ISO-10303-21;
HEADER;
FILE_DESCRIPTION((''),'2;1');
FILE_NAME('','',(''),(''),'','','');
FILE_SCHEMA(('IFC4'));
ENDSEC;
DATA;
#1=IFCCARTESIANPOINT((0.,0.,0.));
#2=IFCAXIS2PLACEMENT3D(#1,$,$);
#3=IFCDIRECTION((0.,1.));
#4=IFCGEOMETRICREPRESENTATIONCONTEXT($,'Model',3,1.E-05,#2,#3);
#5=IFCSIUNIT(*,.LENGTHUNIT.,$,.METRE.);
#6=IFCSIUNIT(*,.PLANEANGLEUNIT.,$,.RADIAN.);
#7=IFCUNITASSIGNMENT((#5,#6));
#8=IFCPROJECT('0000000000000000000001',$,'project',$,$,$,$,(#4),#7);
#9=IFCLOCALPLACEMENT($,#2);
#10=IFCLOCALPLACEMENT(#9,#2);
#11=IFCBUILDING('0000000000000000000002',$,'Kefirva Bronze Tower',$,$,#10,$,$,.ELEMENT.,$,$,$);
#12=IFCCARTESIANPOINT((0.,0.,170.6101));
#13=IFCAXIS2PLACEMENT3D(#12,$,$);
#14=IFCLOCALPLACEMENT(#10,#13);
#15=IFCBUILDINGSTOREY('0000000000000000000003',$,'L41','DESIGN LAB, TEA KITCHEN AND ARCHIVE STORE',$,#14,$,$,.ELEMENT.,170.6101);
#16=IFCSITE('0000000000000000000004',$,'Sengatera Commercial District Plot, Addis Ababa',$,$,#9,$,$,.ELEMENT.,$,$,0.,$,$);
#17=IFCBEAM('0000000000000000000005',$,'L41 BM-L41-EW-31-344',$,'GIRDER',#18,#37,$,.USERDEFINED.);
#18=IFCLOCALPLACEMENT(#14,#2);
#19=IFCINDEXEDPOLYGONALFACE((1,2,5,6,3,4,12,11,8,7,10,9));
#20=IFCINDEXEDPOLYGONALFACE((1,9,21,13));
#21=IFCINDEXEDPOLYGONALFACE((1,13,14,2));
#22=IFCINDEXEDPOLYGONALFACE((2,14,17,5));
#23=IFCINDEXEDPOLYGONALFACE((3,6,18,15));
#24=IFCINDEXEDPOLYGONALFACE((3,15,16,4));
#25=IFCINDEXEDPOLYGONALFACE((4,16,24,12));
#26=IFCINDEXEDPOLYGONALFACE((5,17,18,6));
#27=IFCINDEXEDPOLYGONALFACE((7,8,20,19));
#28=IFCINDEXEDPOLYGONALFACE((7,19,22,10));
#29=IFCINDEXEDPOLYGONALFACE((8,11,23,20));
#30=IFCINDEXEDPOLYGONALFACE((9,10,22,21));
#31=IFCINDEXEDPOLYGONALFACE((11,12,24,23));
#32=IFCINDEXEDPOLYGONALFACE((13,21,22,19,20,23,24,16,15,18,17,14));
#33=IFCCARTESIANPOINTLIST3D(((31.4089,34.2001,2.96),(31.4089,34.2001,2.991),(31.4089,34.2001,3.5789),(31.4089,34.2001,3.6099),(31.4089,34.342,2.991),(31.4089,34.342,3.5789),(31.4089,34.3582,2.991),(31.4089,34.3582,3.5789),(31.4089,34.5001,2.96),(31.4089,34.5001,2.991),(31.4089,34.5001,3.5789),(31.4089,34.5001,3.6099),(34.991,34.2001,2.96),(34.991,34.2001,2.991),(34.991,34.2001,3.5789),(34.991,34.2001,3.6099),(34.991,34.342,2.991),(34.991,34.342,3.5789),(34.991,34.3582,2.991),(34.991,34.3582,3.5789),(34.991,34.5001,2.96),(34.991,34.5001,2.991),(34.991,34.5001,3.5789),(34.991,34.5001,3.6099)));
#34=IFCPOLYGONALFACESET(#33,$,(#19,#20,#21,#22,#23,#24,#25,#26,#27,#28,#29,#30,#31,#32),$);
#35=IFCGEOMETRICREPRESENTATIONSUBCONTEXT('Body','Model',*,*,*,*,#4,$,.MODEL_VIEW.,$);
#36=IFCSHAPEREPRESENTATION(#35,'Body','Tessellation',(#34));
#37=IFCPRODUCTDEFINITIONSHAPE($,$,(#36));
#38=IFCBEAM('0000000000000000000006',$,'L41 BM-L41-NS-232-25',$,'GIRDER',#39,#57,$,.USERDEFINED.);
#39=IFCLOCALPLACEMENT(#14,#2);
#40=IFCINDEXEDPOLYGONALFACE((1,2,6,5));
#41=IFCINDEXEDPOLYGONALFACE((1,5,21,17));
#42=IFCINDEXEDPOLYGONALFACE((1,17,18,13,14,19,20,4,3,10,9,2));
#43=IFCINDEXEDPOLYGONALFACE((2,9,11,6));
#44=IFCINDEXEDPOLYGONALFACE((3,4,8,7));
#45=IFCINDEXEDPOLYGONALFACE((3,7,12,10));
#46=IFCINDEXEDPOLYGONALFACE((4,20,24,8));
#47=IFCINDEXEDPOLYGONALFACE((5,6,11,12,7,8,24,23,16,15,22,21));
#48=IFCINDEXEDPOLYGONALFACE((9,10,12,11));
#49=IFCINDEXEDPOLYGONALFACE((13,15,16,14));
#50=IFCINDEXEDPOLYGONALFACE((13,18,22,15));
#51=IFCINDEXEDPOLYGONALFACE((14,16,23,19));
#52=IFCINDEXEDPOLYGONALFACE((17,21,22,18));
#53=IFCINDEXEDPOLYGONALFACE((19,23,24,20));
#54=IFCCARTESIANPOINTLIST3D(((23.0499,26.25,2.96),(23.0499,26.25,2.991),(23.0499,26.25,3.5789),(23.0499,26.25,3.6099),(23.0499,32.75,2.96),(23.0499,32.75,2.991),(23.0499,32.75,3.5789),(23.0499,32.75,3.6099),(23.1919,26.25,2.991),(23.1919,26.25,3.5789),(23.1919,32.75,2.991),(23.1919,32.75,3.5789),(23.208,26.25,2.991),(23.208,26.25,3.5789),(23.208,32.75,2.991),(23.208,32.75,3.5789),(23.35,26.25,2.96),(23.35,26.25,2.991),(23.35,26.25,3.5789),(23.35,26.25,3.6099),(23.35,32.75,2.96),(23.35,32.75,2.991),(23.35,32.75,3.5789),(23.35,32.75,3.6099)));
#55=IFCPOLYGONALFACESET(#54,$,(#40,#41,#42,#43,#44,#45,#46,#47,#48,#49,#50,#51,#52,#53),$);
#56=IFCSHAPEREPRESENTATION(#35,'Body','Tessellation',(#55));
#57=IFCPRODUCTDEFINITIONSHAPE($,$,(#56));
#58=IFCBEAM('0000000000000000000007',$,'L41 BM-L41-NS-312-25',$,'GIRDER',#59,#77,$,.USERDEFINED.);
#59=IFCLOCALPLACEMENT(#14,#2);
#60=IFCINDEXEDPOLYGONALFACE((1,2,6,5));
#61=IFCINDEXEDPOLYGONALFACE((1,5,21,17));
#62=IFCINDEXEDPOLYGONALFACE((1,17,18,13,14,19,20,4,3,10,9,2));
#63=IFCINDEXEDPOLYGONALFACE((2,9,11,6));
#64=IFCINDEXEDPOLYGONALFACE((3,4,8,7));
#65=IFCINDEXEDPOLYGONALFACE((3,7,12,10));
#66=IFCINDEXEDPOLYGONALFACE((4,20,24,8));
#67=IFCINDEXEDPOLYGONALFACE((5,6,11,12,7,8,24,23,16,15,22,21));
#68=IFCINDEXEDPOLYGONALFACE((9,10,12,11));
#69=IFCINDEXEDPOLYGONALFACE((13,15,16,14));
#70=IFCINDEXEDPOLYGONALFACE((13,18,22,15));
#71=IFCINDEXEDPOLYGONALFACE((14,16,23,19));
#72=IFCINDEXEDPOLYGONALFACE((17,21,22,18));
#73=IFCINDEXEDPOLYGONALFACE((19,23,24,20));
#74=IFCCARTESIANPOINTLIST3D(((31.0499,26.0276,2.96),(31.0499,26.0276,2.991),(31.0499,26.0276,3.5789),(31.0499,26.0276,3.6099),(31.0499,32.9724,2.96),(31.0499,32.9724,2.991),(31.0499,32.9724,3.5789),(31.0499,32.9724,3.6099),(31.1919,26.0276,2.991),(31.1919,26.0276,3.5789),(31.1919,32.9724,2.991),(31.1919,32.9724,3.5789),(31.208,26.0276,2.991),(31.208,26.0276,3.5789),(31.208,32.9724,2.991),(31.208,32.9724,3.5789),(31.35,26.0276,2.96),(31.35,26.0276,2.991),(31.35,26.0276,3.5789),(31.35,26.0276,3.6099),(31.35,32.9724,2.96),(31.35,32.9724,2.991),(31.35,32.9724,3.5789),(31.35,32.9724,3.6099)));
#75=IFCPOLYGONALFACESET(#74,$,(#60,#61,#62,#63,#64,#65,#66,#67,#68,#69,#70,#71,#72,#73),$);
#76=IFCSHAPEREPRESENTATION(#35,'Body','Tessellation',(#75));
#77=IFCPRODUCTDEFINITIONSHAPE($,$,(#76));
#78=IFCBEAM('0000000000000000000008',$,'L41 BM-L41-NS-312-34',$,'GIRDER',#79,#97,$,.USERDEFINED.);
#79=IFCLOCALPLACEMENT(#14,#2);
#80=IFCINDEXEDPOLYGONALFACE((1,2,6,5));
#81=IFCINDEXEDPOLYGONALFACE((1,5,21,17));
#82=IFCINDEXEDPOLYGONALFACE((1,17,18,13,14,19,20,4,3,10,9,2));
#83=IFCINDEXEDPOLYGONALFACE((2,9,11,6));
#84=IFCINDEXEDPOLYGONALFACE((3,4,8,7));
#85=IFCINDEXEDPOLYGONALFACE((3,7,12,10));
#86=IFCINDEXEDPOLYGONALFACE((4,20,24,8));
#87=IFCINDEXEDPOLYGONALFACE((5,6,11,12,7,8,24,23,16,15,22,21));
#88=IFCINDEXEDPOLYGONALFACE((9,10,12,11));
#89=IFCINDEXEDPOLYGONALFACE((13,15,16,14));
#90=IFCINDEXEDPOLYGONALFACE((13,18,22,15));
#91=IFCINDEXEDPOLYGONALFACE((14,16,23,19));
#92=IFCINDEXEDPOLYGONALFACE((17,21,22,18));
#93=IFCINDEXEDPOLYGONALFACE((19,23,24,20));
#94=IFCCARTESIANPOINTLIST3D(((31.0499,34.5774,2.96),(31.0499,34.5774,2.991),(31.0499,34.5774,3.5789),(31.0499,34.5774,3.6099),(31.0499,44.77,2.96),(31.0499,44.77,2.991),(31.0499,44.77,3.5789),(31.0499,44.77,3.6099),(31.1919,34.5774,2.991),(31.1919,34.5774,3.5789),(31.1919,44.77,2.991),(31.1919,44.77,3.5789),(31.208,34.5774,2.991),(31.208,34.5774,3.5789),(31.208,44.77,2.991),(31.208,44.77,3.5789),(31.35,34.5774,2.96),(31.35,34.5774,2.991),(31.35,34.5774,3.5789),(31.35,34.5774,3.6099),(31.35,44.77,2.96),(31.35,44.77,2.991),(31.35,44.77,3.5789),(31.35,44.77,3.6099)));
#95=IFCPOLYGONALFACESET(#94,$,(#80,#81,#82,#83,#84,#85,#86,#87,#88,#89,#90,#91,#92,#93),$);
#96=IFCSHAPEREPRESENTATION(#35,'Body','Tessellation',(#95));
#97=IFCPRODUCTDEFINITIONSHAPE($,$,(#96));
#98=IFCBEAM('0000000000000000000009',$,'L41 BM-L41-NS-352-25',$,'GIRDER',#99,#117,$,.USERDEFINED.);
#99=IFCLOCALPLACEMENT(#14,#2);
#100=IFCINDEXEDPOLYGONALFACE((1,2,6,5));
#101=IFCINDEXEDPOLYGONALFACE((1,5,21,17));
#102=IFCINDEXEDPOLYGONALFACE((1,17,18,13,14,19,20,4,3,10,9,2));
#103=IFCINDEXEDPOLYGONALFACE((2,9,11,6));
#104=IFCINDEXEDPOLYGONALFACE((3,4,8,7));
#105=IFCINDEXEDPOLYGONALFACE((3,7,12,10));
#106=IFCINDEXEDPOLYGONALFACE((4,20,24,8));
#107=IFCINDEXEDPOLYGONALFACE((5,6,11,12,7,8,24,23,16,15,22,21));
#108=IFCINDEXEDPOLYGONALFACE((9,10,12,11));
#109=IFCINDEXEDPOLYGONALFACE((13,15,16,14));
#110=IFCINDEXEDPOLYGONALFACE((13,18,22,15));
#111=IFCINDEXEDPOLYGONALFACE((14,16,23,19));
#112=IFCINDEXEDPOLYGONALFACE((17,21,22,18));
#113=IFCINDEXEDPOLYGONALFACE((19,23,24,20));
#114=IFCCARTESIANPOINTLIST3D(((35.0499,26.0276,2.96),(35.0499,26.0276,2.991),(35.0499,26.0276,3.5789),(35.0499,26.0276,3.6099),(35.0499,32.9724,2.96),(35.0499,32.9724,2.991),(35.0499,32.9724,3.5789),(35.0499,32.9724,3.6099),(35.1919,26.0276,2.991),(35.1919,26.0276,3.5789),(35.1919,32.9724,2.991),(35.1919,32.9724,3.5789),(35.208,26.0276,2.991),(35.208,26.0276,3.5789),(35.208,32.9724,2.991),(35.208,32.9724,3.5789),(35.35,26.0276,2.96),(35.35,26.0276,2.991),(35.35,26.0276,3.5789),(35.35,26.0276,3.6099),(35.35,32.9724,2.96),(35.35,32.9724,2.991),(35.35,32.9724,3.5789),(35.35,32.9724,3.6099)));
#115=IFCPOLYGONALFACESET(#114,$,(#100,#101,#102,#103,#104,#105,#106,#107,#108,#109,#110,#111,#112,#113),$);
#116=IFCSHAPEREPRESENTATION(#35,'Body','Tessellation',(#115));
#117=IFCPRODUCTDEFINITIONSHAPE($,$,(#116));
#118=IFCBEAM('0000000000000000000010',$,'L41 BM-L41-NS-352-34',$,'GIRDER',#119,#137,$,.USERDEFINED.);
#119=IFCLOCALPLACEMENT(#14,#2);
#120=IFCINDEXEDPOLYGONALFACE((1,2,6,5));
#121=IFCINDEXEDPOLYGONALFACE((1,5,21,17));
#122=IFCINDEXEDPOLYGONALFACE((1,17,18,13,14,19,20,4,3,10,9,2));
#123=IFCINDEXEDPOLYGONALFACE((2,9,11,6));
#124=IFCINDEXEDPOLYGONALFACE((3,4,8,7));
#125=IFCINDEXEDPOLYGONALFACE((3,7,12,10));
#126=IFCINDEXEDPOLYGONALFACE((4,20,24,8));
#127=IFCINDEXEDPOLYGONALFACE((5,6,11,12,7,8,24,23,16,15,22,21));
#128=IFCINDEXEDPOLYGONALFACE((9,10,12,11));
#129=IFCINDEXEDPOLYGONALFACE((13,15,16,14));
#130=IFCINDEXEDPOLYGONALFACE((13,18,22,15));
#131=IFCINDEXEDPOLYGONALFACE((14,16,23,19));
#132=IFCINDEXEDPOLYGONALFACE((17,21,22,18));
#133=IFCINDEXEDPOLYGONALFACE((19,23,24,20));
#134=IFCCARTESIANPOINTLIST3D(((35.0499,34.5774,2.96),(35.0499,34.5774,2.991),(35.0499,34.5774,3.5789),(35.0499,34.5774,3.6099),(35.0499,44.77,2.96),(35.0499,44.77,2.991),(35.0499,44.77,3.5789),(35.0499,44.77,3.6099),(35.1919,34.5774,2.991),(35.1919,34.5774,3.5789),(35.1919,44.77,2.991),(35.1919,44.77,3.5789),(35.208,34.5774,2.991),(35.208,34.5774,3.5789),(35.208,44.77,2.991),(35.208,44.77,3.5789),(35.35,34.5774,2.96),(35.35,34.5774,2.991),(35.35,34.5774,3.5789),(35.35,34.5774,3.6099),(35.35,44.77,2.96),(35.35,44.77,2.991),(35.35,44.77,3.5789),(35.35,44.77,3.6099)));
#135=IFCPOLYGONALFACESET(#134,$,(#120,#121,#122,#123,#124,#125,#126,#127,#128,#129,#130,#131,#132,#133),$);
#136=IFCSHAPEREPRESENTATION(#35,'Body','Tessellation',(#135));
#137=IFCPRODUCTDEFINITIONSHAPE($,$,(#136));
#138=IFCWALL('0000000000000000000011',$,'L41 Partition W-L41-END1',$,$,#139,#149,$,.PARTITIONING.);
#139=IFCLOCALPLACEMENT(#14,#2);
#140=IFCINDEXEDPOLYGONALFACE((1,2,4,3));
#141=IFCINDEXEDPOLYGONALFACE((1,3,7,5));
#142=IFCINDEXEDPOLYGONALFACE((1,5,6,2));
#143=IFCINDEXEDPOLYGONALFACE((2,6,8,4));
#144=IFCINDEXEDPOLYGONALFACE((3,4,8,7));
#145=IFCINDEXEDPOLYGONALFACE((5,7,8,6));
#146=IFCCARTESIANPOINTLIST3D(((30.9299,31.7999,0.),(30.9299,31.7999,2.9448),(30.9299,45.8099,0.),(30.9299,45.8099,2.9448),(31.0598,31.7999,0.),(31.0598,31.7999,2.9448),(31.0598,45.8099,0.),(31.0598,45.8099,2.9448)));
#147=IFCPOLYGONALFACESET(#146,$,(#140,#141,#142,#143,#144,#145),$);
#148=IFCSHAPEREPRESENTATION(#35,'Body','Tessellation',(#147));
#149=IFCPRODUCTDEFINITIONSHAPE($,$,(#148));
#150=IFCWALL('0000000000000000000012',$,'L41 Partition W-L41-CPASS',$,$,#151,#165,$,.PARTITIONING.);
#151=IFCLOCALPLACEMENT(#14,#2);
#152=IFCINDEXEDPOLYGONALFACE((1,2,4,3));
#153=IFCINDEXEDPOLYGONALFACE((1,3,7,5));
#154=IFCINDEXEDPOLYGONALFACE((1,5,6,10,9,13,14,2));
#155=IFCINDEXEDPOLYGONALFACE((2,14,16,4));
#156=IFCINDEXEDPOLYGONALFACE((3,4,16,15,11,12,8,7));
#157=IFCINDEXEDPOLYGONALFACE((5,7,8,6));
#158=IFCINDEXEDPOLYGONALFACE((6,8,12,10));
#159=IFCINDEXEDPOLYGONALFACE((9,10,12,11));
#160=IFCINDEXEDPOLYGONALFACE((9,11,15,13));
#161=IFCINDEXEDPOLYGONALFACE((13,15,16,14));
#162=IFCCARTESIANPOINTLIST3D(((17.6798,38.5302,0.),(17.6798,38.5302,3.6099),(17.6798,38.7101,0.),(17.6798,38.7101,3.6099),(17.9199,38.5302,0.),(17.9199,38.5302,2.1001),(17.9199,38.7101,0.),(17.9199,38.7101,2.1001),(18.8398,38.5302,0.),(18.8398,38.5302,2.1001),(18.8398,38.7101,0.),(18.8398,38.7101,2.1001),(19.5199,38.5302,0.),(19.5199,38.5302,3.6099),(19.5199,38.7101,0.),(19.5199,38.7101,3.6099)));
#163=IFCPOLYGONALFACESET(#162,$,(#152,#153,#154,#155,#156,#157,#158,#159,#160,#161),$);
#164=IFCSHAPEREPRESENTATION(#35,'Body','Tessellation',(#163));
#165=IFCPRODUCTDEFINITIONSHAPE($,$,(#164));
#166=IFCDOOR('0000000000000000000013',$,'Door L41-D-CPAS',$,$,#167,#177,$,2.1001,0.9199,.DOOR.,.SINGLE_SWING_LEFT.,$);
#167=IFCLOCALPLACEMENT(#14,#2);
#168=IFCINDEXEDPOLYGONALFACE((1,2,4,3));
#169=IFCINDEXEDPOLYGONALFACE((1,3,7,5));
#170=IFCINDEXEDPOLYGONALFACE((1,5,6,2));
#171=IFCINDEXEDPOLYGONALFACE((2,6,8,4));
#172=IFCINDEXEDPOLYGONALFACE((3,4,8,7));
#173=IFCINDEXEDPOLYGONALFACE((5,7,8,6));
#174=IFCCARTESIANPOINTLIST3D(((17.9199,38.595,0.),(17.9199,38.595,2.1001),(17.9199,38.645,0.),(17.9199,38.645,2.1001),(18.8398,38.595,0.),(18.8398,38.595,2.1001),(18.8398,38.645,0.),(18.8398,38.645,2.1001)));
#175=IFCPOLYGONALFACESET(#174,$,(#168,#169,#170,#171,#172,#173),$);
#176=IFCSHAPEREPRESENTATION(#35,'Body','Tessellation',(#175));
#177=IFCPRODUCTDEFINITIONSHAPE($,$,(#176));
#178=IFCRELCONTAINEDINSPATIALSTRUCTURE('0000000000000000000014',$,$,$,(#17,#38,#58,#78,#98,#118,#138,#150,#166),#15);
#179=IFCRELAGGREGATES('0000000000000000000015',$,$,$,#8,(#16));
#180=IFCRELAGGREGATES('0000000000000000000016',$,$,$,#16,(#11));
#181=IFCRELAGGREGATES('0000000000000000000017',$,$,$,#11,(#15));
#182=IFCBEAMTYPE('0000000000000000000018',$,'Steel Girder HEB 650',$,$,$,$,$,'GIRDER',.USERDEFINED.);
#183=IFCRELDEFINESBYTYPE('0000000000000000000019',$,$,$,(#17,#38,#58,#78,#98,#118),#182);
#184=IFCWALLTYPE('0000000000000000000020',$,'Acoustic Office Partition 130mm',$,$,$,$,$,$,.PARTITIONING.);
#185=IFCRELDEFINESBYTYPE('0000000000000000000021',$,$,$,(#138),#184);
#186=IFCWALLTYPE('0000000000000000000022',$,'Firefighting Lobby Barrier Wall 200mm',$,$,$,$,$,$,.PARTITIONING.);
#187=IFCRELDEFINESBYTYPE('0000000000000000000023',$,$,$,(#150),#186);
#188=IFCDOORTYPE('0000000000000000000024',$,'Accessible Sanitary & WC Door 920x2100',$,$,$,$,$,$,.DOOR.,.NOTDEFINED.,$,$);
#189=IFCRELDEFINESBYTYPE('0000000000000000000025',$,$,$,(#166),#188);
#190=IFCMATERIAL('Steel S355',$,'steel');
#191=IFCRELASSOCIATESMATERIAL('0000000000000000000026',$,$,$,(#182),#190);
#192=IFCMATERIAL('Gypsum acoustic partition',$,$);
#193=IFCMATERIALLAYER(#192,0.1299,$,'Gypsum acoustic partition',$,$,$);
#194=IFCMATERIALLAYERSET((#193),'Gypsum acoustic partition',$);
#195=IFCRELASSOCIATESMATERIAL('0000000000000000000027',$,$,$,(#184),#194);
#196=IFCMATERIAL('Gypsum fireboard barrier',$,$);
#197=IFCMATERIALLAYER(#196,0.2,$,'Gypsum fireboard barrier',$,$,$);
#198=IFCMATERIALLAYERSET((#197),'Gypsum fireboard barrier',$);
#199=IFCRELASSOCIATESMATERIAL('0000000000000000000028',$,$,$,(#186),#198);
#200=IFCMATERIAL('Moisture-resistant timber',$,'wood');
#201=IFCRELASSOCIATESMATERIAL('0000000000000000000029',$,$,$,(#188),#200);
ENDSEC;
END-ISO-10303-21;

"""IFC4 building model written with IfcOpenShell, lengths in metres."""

from ifc_helpers import new_model, si_unit, direction, frame, frame_2d, origin, origin_2d, place, context, subcontext, project, spatial, rectangle, i_section, extrude, material, layer, layer_set, material_profile, profile_set, type_object, element, fill, save


model = new_model("IFC4")

# Units and contexts
model_context = context("Model", 3, precision=1e-05, world=origin(), true_north=direction((0.0, 1.0)))
body_context = subcontext(model_context, "Body", "Model", "MODEL_VIEW")
ifc_project = project(units=[si_unit("LENGTHUNIT", "METRE"), si_unit("PLANEANGLEUNIT", "RADIAN")], contexts=[model_context])

# Site, building, storey
site_placement = place(None, origin())
site = spatial("IfcSite", under=ifc_project, at=site_placement, Name="Sengatera Commercial District Plot, Addis Ababa", CompositionType="ELEMENT", RefElevation=0.0)
building_placement = place(site_placement, origin())
building = spatial("IfcBuilding", under=site, at=building_placement, Name="Kefirva Bronze Tower", CompositionType="ELEMENT")
storey_placement = place(building_placement, frame((0.0, 0.0, 170.6101)))
storey = spatial("IfcBuildingStorey", under=building, at=storey_placement, Name="L41", Description="DESIGN LAB, TEA KITCHEN AND ARCHIVE STORE", CompositionType="ELEMENT", Elevation=170.6101)

# Beams
ifc_material_1 = material(Name="Steel S355", Category="steel")
ifc_material_profile_1 = material_profile(ifc_material_1, i_section(OverallWidth=0.3, OverallDepth=0.6499, WebThickness=0.0161, FlangeThickness=0.031, at=origin_2d()), Name="HEB 650")
ifc_profile_set_1 = profile_set([ifc_material_profile_1], Name="Steel S355")
beam_type_1 = type_object("IfcBeamType", Name="Steel Girder HEB 650", ElementType="GIRDER", PredefinedType="USERDEFINED", material=ifc_profile_set_1)
for number, where, z_axis, x_axis, name in (
    (1, (31.4089, 34.3501, 3.2849), (1.0, 0.0, 0.0), (0.0, 1.0, 0.0), "L41 BM-L41-EW-31-344"),
):
    element("IfcBeam", number, at=place(storey_placement, frame(where, z_axis=z_axis, x_axis=x_axis)), inside=storey, type_object=beam_type_1, Name=name, ObjectType="GIRDER", PredefinedType="USERDEFINED", context=body_context, shape_type="SweptSolid", body=[
        extrude(i_section(OverallWidth=0.3, OverallDepth=0.6499, WebThickness=0.0161, FlangeThickness=0.031, at=origin_2d()), origin(), (0.0, 0.0, 1.0), 3.582),
    ])
beam_1_placement = place(storey_placement, frame((23.2, 26.25, 3.2849), z_axis=(0.0, 1.0, 0.0), x_axis=(-1.0, 0.0, 0.0)))
element("IfcBeam", 2, at=beam_1_placement, inside=storey, type_object=beam_type_1, Name="L41 BM-L41-NS-232-25", ObjectType="GIRDER", PredefinedType="USERDEFINED", context=body_context, shape_type="SweptSolid", body=[
    extrude(i_section(OverallWidth=0.3, OverallDepth=0.6499, WebThickness=0.0161, FlangeThickness=0.031, at=origin_2d()), origin(), (0.0, 0.0, 1.0), 6.5),
])
beam_2_placement = place(storey_placement, frame((31.2, 26.0276, 3.2849), z_axis=(0.0, 1.0, 0.0), x_axis=(-1.0, 0.0, 0.0)))
element("IfcBeam", 3, at=beam_2_placement, inside=storey, type_object=beam_type_1, Name="L41 BM-L41-NS-312-25", ObjectType="GIRDER", PredefinedType="USERDEFINED", context=body_context, shape_type="SweptSolid", body=[
    extrude(i_section(OverallWidth=0.3, OverallDepth=0.6499, WebThickness=0.0161, FlangeThickness=0.031, at=origin_2d()), origin(), (0.0, 0.0, 1.0), 6.9448),
])
beam_3_placement = place(storey_placement, frame((31.2, 34.5774, 3.2849), z_axis=(0.0, 1.0, 0.0), x_axis=(-1.0, 0.0, 0.0)))
element("IfcBeam", 4, at=beam_3_placement, inside=storey, type_object=beam_type_1, Name="L41 BM-L41-NS-312-34", ObjectType="GIRDER", PredefinedType="USERDEFINED", context=body_context, shape_type="SweptSolid", body=[
    extrude(i_section(OverallWidth=0.3, OverallDepth=0.6499, WebThickness=0.0161, FlangeThickness=0.031, at=origin_2d()), origin(), (0.0, 0.0, 1.0), 10.1926),
])
beam_4_placement = place(storey_placement, frame((35.2, 26.0276, 3.2849), z_axis=(0.0, 1.0, 0.0), x_axis=(-1.0, 0.0, 0.0)))
element("IfcBeam", 5, at=beam_4_placement, inside=storey, type_object=beam_type_1, Name="L41 BM-L41-NS-352-25", ObjectType="GIRDER", PredefinedType="USERDEFINED", context=body_context, shape_type="SweptSolid", body=[
    extrude(i_section(OverallWidth=0.3, OverallDepth=0.6499, WebThickness=0.0161, FlangeThickness=0.031, at=origin_2d()), origin(), (0.0, 0.0, 1.0), 6.9448),
])
beam_5_placement = place(storey_placement, frame((35.2, 34.5774, 3.2849), z_axis=(0.0, 1.0, 0.0), x_axis=(-1.0, 0.0, 0.0)))
element("IfcBeam", 6, at=beam_5_placement, inside=storey, type_object=beam_type_1, Name="L41 BM-L41-NS-352-34", ObjectType="GIRDER", PredefinedType="USERDEFINED", context=body_context, shape_type="SweptSolid", body=[
    extrude(i_section(OverallWidth=0.3, OverallDepth=0.6499, WebThickness=0.0161, FlangeThickness=0.031, at=origin_2d()), origin(), (0.0, 0.0, 1.0), 10.1926),
])

# Wall
ifc_material_2 = material(Name="Gypsum acoustic partition")
ifc_layer_1 = layer(ifc_material_2, 0.1299, Name="Gypsum acoustic partition")
ifc_layer_set_1 = layer_set([ifc_layer_1], Name="Gypsum acoustic partition")
wall_type_1 = type_object("IfcWallType", Name="Acoustic Office Partition 130mm", PredefinedType="PARTITIONING", material=ifc_layer_set_1)
wall_1_placement = place(storey_placement, frame((30.9949, 31.8, 0.0), z_axis=(0.0, 0.0, 1.0), x_axis=(0.0, 1.0, 0.0)))
element("IfcWall", 7, at=wall_1_placement, inside=storey, type_object=wall_type_1, Name="L41 Partition W-L41-END1", PredefinedType="PARTITIONING", context=body_context, shape_type="SweptSolid", body=[
    extrude(rectangle(XDim=14.01, YDim=0.1299, at=frame_2d((7.0049, 0.0))), origin(), (0.0, 0.0, 1.0), 2.9448),
])

# Wall, opening, door
ifc_material_3 = material(Name="Gypsum fireboard barrier")
ifc_layer_2 = layer(ifc_material_3, 0.2, Name="Gypsum fireboard barrier")
ifc_layer_set_2 = layer_set([ifc_layer_2], Name="Gypsum fireboard barrier")
wall_type_2 = type_object("IfcWallType", Name="Firefighting Lobby Barrier Wall 200mm", PredefinedType="PARTITIONING", material=ifc_layer_set_2)
wall_2_placement = place(storey_placement, frame((17.6799, 38.6201, 0.0), z_axis=(0.0, 0.0, 1.0), x_axis=(1.0, 0.0, 0.0)))
wall_2 = element("IfcWall", 8, at=wall_2_placement, inside=storey, type_object=wall_type_2, Name="L41 Partition W-L41-CPASS", PredefinedType="PARTITIONING", context=body_context, shape_type="SweptSolid", body=[
    extrude(rectangle(XDim=1.8401, YDim=0.1799, at=frame_2d((0.9199, 0.0))), origin(), (0.0, 0.0, 1.0), 3.6099),
])
opening_1_placement = place(wall_2_placement, frame((0.24, 0.0, 0.0)))
opening_1 = element("IfcOpeningElement", 9, at=opening_1_placement, cuts=wall_2, PredefinedType="OPENING", context=body_context, shape_type="SweptSolid", body=[
    extrude(rectangle(XDim=0.9199, YDim=2.1001, at=frame_2d((0.46, 1.05))), frame((0.0, 0.1001, 0.0), z_axis=(0.0, -1.0, 0.0), x_axis=(1.0, 0.0, 0.0)), (0.0, 0.0, 1.0), 0.2),
])
ifc_material_4 = material(Name="Moisture-resistant timber", Category="wood")
door_type_1 = type_object("IfcDoorType", Name="Accessible Sanitary & WC Door 920x2100", OperationType="NOTDEFINED", PredefinedType="DOOR", material=ifc_material_4)
door_1_placement = place(opening_1_placement, origin())
door_1 = element("IfcDoor", 10, at=door_1_placement, inside=storey, type_object=door_type_1, Name="Door L41-D-CPAS", OperationType="SINGLE_SWING_LEFT", OverallHeight=2.1001, OverallWidth=0.9199, PredefinedType="DOOR", context=body_context, shape_type="SweptSolid", body=[
    extrude(rectangle(XDim=0.9199, YDim=2.1001, at=frame_2d((0.46, 1.05))), frame((0.0, 0.0249, 0.0), z_axis=(0.0, -1.0, 0.0), x_axis=(1.0, 0.0, 0.0)), (0.0, 0.0, 1.0), 0.05),
])
fill(opening_1, door_1)

save(model, "model.ifc")
